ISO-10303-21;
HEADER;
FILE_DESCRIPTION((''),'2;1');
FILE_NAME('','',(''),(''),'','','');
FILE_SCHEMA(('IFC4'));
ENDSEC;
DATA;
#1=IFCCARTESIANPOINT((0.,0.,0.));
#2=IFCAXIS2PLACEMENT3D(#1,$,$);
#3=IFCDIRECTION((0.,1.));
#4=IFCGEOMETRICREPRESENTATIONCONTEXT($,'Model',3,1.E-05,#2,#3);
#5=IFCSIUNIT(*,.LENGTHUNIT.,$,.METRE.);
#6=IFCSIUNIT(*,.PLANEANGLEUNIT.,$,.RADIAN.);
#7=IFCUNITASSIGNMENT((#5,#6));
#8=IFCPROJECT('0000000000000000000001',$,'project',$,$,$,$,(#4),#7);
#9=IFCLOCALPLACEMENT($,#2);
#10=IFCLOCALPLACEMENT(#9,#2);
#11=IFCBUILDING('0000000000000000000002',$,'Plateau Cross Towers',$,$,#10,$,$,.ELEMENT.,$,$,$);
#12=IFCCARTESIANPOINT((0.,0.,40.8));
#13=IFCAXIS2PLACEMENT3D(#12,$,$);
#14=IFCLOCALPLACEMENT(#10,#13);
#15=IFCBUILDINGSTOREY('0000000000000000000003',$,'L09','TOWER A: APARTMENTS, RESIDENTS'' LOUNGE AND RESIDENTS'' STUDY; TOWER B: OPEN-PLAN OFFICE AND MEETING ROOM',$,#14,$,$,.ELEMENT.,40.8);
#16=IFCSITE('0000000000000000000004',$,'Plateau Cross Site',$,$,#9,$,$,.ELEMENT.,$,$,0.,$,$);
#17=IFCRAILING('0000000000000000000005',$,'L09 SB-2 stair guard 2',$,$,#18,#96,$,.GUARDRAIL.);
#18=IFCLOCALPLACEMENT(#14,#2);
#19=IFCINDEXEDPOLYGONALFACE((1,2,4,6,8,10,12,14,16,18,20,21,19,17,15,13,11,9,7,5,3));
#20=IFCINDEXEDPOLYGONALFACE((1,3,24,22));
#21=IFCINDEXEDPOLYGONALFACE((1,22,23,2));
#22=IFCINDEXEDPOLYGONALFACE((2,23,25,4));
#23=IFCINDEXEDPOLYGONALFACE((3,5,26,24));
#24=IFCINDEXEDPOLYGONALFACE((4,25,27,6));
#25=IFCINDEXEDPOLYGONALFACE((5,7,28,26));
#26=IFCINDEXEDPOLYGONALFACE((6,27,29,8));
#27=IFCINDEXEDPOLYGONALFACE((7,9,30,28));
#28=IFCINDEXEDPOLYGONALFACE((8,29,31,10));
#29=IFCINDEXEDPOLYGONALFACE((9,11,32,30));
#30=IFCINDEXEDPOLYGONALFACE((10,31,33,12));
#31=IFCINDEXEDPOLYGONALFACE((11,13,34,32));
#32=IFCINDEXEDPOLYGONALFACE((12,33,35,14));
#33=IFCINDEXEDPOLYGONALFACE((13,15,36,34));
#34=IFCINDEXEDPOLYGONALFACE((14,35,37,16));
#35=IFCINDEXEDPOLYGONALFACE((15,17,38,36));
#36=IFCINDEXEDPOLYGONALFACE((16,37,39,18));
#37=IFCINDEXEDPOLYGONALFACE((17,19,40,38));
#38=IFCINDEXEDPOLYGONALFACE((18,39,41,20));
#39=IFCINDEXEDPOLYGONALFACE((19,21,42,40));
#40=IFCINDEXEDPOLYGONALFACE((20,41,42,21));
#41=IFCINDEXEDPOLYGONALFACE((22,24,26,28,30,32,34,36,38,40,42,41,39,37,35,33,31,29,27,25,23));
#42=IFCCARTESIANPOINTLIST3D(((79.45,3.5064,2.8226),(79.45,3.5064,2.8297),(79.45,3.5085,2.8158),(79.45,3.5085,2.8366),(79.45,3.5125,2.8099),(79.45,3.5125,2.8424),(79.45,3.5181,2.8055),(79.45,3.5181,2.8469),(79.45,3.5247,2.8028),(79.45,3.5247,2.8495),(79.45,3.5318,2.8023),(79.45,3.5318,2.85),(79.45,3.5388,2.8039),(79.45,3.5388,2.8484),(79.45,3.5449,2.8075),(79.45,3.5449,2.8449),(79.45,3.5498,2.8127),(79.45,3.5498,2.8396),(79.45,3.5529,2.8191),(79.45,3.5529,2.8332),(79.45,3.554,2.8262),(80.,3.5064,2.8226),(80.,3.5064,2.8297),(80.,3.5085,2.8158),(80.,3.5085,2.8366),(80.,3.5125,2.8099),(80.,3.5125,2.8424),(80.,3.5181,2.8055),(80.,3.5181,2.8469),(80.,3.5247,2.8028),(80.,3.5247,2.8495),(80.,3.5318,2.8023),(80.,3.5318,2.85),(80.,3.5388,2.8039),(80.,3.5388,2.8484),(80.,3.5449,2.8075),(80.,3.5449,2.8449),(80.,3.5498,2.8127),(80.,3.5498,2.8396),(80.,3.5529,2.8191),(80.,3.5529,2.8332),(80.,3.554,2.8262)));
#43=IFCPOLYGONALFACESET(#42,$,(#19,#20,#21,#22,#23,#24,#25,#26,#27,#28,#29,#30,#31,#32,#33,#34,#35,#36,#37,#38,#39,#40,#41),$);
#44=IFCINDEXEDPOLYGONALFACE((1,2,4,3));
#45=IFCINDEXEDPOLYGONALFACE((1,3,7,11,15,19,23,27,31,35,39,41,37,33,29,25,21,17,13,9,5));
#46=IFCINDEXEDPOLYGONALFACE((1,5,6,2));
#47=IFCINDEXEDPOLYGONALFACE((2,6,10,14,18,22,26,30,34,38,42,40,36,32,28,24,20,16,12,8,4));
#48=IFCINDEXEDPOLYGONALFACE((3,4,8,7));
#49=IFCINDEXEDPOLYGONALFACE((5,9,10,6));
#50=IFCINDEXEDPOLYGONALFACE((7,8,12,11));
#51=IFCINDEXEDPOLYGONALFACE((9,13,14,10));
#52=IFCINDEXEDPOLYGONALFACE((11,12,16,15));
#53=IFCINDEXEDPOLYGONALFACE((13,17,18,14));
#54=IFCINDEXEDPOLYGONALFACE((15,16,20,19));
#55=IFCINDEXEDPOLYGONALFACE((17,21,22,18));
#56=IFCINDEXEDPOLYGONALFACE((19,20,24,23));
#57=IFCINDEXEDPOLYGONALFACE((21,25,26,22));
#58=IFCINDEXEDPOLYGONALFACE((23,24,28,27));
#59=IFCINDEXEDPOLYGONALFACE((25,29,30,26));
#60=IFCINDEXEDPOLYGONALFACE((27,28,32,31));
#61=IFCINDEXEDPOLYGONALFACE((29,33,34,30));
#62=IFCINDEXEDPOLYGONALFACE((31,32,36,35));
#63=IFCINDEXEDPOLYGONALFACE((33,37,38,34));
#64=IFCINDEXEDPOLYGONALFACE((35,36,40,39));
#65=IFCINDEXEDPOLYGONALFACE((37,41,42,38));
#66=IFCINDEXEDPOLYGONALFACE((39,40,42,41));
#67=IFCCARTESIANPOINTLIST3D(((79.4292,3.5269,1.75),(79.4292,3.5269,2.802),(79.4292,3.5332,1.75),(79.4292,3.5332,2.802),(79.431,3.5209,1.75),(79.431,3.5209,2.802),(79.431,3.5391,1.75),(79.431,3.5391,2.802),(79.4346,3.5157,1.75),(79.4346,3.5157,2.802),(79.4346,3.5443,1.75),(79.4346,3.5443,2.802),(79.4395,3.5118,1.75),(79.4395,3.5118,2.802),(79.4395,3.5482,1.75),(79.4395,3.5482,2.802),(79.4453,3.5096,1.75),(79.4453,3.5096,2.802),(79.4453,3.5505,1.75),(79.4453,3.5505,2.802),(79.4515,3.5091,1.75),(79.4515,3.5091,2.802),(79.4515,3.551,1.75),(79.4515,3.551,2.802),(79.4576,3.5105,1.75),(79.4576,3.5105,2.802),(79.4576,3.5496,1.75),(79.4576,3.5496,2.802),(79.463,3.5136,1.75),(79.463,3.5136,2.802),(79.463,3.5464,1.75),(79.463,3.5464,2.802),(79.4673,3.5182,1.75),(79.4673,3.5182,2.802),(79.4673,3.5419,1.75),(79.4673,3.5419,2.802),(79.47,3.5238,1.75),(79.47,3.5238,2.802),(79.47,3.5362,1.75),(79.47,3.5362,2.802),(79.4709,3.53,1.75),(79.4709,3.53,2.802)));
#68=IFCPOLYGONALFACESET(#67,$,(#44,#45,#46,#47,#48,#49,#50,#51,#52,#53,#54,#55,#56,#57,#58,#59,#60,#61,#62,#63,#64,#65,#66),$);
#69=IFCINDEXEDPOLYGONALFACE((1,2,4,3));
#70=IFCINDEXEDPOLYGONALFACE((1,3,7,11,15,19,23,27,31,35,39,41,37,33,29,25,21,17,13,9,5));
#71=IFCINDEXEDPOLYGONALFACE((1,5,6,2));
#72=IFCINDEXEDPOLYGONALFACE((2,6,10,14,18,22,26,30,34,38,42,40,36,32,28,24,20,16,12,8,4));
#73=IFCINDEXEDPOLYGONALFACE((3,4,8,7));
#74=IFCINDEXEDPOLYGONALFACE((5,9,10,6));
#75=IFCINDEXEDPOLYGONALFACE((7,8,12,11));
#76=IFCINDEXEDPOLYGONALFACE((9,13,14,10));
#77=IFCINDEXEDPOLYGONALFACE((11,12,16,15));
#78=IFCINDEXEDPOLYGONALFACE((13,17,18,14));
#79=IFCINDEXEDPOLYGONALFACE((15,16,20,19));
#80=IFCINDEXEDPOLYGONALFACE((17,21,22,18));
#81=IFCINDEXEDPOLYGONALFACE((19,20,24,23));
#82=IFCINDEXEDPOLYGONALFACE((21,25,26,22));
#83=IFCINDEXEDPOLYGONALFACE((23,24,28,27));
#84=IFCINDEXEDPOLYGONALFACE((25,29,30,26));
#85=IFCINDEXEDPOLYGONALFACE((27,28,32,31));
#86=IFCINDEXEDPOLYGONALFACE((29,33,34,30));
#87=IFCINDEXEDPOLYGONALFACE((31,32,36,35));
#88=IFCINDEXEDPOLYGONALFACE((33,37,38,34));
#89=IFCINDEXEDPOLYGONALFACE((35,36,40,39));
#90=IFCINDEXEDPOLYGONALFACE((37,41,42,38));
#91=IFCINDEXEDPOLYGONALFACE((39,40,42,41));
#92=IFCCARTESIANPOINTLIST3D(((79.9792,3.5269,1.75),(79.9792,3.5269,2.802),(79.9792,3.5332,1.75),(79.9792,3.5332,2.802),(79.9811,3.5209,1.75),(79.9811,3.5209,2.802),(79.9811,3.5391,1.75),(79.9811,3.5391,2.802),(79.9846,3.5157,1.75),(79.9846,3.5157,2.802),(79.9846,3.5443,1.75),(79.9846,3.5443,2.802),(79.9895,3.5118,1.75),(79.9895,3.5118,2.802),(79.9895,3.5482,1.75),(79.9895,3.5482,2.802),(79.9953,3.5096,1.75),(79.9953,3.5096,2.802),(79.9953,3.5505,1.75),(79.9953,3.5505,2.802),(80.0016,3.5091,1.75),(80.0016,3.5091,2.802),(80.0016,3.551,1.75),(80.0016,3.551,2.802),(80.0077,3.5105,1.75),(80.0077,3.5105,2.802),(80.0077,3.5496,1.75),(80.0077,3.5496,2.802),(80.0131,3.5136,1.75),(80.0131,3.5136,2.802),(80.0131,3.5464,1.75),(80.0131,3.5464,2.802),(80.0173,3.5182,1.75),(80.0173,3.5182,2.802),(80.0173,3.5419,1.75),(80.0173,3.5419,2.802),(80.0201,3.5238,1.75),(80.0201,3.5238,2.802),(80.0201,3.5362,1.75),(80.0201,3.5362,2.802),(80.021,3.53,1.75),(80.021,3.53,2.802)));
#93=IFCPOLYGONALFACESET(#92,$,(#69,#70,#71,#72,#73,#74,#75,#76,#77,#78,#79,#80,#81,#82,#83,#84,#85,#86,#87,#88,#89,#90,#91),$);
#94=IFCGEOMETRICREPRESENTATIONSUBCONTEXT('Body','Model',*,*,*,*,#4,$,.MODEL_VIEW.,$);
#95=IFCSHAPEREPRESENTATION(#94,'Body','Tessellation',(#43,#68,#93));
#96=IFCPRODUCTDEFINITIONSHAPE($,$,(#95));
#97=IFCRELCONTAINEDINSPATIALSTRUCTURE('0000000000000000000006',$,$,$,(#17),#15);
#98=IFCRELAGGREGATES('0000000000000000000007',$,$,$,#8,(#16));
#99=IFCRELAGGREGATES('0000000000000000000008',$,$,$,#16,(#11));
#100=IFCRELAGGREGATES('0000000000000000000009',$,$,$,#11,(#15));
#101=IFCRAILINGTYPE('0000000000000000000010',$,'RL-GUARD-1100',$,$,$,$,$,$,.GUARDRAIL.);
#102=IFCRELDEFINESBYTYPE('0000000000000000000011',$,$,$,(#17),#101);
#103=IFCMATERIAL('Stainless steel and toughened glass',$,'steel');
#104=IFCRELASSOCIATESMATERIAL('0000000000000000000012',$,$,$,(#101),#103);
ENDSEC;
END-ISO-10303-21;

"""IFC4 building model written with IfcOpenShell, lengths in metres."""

from ifc_helpers import new_model, si_unit, direction, frame, origin, origin_2d, place, context, subcontext, project, spatial, circle, extrude, material, type_object, element, save


model = new_model("IFC4")

# Units and contexts
model_context = context("Model", 3, precision=1e-05, world=origin(), true_north=direction((0.0, 1.0)))
body_context = subcontext(model_context, "Body", "Model", "MODEL_VIEW")
ifc_project = project(units=[si_unit("LENGTHUNIT", "METRE"), si_unit("PLANEANGLEUNIT", "RADIAN")], contexts=[model_context])

# Site, building, storey
site_placement = place(None, origin())
site = spatial("IfcSite", under=ifc_project, at=site_placement, Name="Plateau Cross Site", CompositionType="ELEMENT", RefElevation=0.0)
building_placement = place(site_placement, origin())
building = spatial("IfcBuilding", under=site, at=building_placement, Name="Plateau Cross Towers", CompositionType="ELEMENT")
storey_placement = place(building_placement, frame((0.0, 0.0, 40.8)))
storey = spatial("IfcBuildingStorey", under=building, at=storey_placement, Name="L09", Description="TOWER A: APARTMENTS, RESIDENTS' LOUNGE AND RESIDENTS' STUDY; TOWER B: OPEN-PLAN OFFICE AND MEETING ROOM", CompositionType="ELEMENT", Elevation=40.8)

# Railing
ifc_material_1 = material(Name="Stainless steel and toughened glass", Category="steel")
railing_type_1 = type_object("IfcRailingType", Name="RL-GUARD-1100", PredefinedType="GUARDRAIL", material=ifc_material_1)
railing_1_placement = place(storey_placement, frame((79.45, 3.53, 1.75)))
element("IfcRailing", 1, at=railing_1_placement, inside=storey, type_object=railing_type_1, Name="L09 SB-2 stair guard 2", PredefinedType="GUARDRAIL", context=body_context, shape_type="SweptSolid", body=[
    extrude(circle(Radius=0.0239, at=origin_2d()), frame((0.0, 0.0, 1.0762), z_axis=(1.0, 0.0, 0.0), x_axis=(0.0, 1.0, 0.0)), (0.0, 0.0, 1.0), 0.55),
    extrude(circle(Radius=0.021, at=origin_2d()), origin(), (0.0, 0.0, 1.0), 1.052),
    extrude(circle(Radius=0.021, at=origin_2d()), frame((0.55, 0.0, 0.0)), (0.0, 0.0, 1.0), 1.052),
])

save(model, "model.ifc")
